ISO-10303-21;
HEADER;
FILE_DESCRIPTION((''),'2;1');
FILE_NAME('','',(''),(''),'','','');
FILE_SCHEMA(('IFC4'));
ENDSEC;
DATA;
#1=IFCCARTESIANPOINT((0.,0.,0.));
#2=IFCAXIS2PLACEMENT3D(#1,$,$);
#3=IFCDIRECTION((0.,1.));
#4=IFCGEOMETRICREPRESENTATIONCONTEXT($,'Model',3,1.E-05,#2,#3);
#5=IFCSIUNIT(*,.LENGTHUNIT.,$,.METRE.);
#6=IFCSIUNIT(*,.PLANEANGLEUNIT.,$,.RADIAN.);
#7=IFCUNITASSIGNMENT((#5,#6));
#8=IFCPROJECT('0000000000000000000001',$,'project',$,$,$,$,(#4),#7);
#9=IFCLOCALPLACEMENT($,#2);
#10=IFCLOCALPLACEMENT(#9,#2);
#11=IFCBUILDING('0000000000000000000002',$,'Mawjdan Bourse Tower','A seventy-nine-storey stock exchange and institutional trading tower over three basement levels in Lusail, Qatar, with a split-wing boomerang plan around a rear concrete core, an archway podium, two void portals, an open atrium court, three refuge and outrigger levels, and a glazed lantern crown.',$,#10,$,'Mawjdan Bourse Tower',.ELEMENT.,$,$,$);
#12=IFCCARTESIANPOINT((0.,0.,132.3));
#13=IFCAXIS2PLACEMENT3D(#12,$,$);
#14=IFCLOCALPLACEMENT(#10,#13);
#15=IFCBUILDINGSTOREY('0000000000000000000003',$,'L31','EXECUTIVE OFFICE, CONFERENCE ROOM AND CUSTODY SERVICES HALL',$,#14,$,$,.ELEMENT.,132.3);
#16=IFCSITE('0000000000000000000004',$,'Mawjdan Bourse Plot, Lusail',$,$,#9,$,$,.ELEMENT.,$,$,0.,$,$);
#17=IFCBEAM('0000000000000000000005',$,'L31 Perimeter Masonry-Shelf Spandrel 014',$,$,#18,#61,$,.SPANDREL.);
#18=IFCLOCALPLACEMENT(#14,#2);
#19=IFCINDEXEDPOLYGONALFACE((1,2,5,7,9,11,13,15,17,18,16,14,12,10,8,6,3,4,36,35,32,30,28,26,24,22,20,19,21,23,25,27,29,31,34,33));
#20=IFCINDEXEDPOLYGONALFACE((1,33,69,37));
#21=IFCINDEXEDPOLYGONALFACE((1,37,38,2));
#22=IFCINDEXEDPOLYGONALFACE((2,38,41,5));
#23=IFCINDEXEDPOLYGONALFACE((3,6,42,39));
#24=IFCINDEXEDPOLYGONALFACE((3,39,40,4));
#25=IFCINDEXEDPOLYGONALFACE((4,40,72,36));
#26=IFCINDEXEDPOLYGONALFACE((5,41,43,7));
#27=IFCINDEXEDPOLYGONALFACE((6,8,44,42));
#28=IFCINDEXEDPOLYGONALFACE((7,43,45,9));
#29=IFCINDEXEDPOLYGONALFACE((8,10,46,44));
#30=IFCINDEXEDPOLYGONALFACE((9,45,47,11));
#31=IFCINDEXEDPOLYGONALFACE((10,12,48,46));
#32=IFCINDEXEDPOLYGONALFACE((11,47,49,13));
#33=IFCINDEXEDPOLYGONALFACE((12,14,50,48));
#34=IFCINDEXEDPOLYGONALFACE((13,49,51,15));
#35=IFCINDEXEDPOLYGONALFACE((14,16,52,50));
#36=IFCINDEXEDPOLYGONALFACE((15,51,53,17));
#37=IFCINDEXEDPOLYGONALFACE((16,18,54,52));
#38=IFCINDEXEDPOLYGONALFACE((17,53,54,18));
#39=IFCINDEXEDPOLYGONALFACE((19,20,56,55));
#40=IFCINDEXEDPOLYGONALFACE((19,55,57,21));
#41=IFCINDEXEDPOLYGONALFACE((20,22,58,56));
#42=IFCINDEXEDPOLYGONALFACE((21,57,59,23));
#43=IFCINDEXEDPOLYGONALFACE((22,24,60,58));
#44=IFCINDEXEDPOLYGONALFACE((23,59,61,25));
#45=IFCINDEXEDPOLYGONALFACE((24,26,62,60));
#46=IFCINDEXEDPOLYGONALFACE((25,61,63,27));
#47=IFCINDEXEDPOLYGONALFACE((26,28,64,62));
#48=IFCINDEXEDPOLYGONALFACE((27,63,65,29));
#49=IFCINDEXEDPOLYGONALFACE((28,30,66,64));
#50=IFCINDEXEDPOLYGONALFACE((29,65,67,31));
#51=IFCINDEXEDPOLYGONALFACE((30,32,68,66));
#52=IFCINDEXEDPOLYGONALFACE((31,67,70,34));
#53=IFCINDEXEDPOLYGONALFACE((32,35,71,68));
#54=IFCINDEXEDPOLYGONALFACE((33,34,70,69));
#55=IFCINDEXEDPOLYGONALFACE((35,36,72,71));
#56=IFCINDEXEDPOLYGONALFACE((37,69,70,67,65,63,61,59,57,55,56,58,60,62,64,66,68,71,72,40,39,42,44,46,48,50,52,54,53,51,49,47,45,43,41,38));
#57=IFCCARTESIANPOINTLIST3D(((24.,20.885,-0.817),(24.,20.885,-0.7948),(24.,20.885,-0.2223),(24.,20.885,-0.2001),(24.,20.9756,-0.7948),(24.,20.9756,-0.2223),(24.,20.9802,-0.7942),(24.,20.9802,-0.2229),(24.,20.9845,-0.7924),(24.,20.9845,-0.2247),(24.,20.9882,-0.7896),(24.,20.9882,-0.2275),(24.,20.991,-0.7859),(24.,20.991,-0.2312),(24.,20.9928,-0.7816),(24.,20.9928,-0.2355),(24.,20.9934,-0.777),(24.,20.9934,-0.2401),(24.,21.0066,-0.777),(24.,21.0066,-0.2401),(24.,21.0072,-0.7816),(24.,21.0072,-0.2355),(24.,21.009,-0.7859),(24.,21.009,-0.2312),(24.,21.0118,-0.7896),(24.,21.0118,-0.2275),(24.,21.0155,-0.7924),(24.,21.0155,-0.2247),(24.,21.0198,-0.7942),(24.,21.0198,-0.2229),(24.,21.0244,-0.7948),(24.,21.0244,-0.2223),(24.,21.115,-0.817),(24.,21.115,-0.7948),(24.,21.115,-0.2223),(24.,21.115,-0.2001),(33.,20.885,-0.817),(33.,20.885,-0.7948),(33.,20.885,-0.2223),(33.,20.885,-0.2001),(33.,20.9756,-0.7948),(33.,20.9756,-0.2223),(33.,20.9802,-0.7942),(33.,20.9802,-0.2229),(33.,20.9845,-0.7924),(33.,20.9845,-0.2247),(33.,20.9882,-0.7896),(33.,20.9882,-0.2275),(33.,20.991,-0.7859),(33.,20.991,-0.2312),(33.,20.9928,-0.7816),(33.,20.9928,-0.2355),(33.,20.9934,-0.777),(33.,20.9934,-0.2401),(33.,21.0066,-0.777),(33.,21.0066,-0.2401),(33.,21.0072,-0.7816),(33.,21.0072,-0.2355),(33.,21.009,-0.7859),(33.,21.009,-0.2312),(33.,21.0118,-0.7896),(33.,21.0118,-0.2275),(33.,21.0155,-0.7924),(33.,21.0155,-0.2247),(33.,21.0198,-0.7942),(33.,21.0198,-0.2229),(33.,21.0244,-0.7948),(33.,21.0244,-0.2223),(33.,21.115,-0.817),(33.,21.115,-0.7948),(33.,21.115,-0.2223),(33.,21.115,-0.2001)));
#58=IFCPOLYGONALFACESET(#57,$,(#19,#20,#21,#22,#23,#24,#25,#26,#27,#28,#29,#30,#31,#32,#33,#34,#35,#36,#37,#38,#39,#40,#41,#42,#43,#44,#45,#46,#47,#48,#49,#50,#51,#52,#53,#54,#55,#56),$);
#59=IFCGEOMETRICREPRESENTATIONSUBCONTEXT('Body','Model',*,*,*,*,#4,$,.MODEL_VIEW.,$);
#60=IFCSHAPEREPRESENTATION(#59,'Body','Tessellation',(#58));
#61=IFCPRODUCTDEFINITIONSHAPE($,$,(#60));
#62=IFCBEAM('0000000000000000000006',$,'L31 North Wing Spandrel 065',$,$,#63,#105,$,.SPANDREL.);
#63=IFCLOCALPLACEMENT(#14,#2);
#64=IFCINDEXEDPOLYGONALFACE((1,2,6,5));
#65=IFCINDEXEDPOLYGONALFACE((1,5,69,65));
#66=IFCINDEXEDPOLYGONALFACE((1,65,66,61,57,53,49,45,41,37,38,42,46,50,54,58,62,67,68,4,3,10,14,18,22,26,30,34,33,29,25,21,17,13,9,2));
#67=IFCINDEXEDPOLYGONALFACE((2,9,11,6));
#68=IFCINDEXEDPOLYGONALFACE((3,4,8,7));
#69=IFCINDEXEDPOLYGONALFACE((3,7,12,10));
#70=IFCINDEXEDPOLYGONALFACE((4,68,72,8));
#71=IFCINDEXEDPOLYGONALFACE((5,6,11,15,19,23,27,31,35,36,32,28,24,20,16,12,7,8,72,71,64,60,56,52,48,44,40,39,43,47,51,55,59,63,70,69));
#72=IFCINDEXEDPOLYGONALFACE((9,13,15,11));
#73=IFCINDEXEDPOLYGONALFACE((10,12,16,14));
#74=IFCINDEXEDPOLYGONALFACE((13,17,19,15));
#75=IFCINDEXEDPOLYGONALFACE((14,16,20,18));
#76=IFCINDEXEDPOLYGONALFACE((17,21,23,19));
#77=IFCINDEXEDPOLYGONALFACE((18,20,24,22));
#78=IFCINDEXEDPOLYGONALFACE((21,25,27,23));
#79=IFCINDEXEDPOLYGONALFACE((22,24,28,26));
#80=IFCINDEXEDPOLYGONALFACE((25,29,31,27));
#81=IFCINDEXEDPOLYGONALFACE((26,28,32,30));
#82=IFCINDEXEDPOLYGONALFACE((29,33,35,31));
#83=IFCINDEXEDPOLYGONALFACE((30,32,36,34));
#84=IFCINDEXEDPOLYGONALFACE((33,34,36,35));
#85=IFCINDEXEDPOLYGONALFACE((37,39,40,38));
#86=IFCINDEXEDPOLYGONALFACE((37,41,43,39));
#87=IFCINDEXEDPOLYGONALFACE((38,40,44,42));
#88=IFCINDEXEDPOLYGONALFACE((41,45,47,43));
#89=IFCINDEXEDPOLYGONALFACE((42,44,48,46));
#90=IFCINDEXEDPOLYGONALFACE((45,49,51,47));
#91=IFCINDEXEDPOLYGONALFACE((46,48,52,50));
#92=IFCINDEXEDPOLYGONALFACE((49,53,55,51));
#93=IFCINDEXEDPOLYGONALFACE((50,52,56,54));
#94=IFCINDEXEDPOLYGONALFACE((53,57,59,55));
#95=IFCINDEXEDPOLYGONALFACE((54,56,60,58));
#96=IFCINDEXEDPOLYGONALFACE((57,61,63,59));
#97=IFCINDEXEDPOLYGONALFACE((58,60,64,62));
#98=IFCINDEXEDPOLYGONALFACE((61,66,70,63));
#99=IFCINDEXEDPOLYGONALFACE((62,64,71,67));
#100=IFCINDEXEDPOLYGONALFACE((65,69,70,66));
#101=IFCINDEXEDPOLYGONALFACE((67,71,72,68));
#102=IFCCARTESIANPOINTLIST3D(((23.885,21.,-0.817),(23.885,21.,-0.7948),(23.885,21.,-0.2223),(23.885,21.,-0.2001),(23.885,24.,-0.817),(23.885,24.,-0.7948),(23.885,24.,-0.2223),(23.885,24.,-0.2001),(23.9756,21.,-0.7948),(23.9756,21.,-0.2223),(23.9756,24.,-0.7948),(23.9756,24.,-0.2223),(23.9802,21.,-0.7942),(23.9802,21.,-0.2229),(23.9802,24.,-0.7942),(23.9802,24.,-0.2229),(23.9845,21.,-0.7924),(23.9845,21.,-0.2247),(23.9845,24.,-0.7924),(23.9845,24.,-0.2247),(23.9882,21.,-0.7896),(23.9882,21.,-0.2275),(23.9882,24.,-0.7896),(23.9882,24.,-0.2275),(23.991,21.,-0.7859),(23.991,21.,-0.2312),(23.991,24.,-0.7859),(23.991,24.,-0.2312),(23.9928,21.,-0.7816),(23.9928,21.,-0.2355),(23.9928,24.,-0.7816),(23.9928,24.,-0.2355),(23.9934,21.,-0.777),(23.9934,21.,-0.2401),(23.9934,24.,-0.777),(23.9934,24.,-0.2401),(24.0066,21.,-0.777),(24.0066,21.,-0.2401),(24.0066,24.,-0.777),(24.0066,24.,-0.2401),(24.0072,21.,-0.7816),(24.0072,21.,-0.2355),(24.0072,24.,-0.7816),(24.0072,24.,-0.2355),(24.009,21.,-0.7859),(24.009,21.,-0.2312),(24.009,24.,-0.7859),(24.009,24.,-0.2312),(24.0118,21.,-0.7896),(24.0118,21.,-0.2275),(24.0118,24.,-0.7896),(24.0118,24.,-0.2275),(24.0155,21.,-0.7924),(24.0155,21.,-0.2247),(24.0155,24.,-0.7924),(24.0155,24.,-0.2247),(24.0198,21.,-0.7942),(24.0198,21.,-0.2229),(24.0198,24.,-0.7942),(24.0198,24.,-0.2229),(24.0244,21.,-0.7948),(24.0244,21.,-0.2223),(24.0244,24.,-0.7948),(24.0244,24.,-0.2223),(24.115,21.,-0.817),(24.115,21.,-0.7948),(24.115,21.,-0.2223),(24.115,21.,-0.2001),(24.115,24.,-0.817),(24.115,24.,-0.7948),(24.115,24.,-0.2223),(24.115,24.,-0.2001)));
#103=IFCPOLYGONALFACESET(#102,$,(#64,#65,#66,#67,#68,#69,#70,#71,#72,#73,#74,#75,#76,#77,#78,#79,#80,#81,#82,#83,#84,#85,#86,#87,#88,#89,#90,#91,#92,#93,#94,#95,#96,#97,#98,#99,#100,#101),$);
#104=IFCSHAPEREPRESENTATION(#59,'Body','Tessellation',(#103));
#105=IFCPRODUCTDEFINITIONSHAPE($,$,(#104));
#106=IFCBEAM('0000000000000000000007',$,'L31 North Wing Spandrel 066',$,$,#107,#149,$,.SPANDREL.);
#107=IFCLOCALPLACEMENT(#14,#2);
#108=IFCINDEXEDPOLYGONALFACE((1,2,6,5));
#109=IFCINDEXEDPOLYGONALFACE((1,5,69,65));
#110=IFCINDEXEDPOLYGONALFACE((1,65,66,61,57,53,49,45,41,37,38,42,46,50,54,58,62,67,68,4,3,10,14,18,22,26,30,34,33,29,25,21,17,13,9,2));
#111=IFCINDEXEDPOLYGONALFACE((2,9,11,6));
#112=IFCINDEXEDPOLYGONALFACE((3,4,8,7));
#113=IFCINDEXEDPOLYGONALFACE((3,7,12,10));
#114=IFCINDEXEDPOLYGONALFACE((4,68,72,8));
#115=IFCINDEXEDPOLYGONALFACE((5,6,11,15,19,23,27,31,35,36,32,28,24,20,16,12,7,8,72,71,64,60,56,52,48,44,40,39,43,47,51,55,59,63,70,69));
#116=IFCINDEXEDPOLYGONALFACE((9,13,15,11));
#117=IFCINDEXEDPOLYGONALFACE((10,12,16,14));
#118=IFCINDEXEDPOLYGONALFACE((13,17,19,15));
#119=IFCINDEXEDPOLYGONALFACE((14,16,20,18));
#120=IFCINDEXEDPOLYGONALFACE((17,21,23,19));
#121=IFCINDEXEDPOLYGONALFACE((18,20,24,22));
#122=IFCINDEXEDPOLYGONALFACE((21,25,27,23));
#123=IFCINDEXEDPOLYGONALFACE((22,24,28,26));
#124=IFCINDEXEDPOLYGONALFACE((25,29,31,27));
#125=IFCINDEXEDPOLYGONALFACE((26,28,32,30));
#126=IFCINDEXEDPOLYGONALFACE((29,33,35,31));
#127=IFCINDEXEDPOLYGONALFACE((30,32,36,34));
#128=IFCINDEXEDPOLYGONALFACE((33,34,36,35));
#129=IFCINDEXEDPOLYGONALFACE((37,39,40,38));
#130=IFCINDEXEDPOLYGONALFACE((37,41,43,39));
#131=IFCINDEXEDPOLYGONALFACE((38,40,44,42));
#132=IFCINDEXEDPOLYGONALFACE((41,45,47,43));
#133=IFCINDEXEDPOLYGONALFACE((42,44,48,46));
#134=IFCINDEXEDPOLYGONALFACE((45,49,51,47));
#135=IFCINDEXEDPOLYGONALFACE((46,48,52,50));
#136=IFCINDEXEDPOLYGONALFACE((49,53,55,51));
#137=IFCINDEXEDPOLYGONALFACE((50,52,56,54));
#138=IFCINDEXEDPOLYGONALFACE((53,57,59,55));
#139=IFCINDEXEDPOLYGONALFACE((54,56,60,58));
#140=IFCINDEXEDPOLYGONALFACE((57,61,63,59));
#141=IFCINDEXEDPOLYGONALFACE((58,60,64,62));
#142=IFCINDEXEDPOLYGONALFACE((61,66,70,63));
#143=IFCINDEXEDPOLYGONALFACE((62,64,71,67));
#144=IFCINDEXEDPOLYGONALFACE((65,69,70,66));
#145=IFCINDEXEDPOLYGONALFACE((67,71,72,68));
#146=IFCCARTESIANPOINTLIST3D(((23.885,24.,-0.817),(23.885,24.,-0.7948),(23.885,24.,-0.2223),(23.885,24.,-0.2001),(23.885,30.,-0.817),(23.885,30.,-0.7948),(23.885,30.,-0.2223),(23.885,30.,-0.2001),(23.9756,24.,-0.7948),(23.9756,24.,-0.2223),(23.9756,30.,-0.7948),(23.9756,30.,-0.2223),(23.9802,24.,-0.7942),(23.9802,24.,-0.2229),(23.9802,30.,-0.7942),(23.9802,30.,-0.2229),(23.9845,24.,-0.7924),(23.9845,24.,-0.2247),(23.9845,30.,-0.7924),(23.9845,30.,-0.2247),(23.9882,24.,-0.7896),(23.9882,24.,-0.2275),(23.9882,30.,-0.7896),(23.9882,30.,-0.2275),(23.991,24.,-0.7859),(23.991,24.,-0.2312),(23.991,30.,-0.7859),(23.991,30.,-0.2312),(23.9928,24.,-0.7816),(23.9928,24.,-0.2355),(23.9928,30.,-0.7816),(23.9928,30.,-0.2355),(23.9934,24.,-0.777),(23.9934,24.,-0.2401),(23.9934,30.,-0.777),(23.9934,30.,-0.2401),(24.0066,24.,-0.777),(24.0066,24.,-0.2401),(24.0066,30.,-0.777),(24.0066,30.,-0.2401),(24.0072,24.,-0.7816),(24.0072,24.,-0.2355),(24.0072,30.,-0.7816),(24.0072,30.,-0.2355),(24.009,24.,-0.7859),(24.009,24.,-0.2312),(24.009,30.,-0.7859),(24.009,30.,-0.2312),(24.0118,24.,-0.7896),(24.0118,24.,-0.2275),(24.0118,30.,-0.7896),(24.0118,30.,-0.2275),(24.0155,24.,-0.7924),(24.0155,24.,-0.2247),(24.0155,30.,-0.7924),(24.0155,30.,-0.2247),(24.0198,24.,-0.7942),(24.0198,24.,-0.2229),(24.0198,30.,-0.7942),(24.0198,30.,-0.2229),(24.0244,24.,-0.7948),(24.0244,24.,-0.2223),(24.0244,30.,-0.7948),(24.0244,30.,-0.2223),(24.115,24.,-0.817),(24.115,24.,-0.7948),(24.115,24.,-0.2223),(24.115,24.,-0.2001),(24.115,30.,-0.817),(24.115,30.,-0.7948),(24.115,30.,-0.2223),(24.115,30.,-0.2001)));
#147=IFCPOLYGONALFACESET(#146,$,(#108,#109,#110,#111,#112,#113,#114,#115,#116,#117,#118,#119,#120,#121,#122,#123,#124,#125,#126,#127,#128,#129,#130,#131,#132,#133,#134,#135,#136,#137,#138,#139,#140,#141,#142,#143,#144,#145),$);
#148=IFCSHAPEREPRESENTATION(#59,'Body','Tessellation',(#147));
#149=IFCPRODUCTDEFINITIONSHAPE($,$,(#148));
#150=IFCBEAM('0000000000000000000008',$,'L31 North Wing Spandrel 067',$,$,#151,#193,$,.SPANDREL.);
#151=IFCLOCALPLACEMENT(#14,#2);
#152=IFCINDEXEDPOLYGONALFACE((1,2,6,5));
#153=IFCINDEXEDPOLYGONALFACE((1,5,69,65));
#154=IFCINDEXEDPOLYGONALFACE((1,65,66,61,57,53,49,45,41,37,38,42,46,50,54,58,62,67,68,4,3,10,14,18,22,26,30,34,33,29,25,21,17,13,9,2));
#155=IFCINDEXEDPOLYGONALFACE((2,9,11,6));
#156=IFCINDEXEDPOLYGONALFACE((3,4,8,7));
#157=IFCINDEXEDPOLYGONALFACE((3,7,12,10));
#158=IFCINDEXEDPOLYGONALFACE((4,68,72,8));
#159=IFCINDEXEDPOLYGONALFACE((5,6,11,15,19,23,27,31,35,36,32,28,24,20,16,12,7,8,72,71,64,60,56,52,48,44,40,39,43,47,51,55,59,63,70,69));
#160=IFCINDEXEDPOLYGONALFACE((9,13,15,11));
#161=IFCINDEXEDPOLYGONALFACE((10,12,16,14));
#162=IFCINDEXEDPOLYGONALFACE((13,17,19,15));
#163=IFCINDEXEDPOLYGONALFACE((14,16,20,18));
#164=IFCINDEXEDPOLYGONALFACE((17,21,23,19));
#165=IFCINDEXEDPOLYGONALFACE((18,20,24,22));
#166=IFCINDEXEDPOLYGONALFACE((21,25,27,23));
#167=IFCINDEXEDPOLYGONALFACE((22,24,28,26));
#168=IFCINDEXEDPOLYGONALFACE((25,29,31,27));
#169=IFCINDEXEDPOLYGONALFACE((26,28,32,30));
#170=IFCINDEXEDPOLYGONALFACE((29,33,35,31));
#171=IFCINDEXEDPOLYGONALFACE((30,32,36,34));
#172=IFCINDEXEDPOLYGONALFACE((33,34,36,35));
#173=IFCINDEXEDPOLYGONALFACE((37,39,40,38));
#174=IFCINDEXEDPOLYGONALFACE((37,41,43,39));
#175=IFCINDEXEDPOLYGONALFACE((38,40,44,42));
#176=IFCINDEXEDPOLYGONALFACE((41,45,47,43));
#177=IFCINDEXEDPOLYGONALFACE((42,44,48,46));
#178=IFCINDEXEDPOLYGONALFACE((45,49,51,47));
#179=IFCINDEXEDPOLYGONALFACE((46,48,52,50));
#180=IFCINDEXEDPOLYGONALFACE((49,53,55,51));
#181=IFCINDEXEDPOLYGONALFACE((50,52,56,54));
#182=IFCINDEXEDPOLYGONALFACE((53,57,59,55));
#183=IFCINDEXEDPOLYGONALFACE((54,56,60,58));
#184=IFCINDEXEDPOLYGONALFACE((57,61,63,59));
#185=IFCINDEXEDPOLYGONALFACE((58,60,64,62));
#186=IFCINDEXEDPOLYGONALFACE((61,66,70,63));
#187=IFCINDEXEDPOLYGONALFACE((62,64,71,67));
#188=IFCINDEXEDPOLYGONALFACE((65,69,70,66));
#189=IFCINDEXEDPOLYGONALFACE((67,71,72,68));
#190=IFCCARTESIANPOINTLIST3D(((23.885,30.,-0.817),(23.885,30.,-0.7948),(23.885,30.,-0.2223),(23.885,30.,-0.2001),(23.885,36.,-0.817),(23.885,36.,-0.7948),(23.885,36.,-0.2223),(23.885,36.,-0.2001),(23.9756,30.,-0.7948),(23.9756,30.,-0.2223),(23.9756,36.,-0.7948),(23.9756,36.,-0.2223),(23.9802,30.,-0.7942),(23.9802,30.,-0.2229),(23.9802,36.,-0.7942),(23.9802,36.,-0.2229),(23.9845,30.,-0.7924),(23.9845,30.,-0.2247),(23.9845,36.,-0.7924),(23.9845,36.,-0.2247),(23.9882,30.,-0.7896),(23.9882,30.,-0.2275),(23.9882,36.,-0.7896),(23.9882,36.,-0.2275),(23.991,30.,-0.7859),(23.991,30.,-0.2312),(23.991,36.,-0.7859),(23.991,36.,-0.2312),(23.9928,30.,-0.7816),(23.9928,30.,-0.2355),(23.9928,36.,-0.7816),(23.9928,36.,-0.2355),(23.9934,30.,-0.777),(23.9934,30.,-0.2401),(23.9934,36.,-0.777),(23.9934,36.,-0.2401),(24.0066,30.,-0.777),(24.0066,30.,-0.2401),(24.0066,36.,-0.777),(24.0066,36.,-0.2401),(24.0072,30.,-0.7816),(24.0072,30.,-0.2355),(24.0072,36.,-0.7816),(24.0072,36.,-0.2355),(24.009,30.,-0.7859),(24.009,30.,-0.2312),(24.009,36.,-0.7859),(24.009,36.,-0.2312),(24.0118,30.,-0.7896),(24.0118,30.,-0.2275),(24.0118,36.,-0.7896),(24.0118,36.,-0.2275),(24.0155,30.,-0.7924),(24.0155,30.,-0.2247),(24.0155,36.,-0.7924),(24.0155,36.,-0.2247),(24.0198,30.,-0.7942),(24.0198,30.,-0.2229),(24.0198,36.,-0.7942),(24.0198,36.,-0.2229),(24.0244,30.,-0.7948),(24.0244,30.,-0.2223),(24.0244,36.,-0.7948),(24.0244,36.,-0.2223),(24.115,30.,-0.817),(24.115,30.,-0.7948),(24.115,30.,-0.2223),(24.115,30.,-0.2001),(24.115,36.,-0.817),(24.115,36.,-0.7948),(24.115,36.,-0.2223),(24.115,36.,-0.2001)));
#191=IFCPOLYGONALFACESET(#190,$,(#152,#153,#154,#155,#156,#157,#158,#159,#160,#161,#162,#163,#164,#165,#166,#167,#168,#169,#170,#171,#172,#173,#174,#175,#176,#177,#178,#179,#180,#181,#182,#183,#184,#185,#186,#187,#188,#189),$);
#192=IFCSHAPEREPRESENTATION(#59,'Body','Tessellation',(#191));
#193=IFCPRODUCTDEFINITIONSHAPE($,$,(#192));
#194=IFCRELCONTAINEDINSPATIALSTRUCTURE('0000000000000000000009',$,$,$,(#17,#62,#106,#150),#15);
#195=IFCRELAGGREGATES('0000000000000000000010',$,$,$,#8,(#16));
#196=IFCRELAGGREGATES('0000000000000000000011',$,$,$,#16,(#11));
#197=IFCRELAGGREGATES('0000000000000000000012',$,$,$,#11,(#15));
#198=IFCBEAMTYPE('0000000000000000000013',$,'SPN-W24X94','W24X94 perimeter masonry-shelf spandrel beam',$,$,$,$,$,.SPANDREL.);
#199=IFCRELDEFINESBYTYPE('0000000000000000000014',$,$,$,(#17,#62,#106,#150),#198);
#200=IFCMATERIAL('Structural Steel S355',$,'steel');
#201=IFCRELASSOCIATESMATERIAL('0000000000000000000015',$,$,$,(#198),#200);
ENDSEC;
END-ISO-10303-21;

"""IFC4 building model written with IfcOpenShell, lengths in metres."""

from ifc_helpers import new_model, si_unit, direction, frame, origin, origin_2d, place, context, subcontext, project, spatial, i_section, extrude, material, material_profile, profile_set, type_object, element, save


model = new_model("IFC4")

# Units and contexts
model_context = context("Model", 3, precision=1e-05, world=origin(), true_north=direction((0.0, 1.0)))
body_context = subcontext(model_context, "Body", "Model", "MODEL_VIEW")
ifc_project = project(units=[si_unit("LENGTHUNIT", "METRE"), si_unit("PLANEANGLEUNIT", "RADIAN")], contexts=[model_context])

# Site, building, storey
site_placement = place(None, origin())
site = spatial("IfcSite", under=ifc_project, at=site_placement, Name="Mawjdan Bourse Plot, Lusail", CompositionType="ELEMENT", RefElevation=0.0)
building_placement = place(site_placement, origin())
building = spatial("IfcBuilding", under=site, at=building_placement, Name="Mawjdan Bourse Tower", Description="A seventy-nine-storey stock exchange and institutional trading tower over three basement levels in Lusail, Qatar, with a split-wing boomerang plan around a rear concrete core, an archway podium, two void portals, an open atrium court, three refuge and outrigger levels, and a glazed lantern crown.", LongName="Mawjdan Bourse Tower", CompositionType="ELEMENT")
storey_placement = place(building_placement, frame((0.0, 0.0, 132.3)))
storey = spatial("IfcBuildingStorey", under=building, at=storey_placement, Name="L31", Description="EXECUTIVE OFFICE, CONFERENCE ROOM AND CUSTODY SERVICES HALL", CompositionType="ELEMENT", Elevation=132.3)

# Shared definitions
ifc_material_1 = material(Name="Structural Steel S355", Category="steel")

# Beams
ifc_material_profile_1 = material_profile(ifc_material_1, i_section(OverallWidth=0.23, OverallDepth=0.6169, WebThickness=0.0132, FlangeThickness=0.0222, FilletRadius=0.0178, at=origin_2d()), Name="W24X94")
ifc_profile_set_1 = profile_set([ifc_material_profile_1], Name="Structural Steel S355")
beam_type_1 = type_object("IfcBeamType", Name="SPN-W24X94", Description="W24X94 perimeter masonry-shelf spandrel beam", PredefinedType="SPANDREL", material=ifc_profile_set_1)
beam_1_placement = place(storey_placement, frame((24.0, 21.0, -0.5085), z_axis=(1.0, 0.0, 0.0), x_axis=(0.0, 1.0, 0.0)))
element("IfcBeam", 1, at=beam_1_placement, inside=storey, type_object=beam_type_1, Name="L31 Perimeter Masonry-Shelf Spandrel 014", PredefinedType="SPANDREL", context=body_context, shape_type="SweptSolid", body=[
    extrude(i_section(OverallWidth=0.23, OverallDepth=0.6169, WebThickness=0.0132, FlangeThickness=0.0222, FilletRadius=0.0178, at=origin_2d()), origin(), (0.0, 0.0, 1.0), 9.0),
])
beam_2_placement = place(storey_placement, frame((24.0, 21.0, -0.5085), z_axis=(0.0, 1.0, 0.0), x_axis=(-1.0, 0.0, 0.0)))
element("IfcBeam", 2, at=beam_2_placement, inside=storey, type_object=beam_type_1, Name="L31 North Wing Spandrel 065", PredefinedType="SPANDREL", context=body_context, shape_type="SweptSolid", body=[
    extrude(i_section(OverallWidth=0.23, OverallDepth=0.6169, WebThickness=0.0132, FlangeThickness=0.0222, FilletRadius=0.0178, at=origin_2d()), origin(), (0.0, 0.0, 1.0), 3.0),
])
for number, where, z_axis, x_axis, name in (
    (3, (24.0, 24.0, -0.5085), (0.0, 1.0, 0.0), (-1.0, 0.0, 0.0), "L31 North Wing Spandrel 066"),
    (4, (24.0, 30.0, -0.5085), (0.0, 1.0, 0.0), (-1.0, 0.0, 0.0), "L31 North Wing Spandrel 067"),
):
    element("IfcBeam", number, at=place(storey_placement, frame(where, z_axis=z_axis, x_axis=x_axis)), inside=storey, type_object=beam_type_1, Name=name, PredefinedType="SPANDREL", context=body_context, shape_type="SweptSolid", body=[
        extrude(i_section(OverallWidth=0.23, OverallDepth=0.6169, WebThickness=0.0132, FlangeThickness=0.0222, FilletRadius=0.0178, at=origin_2d()), origin(), (0.0, 0.0, 1.0), 6.0),
    ])

save(model, "model.ifc")
